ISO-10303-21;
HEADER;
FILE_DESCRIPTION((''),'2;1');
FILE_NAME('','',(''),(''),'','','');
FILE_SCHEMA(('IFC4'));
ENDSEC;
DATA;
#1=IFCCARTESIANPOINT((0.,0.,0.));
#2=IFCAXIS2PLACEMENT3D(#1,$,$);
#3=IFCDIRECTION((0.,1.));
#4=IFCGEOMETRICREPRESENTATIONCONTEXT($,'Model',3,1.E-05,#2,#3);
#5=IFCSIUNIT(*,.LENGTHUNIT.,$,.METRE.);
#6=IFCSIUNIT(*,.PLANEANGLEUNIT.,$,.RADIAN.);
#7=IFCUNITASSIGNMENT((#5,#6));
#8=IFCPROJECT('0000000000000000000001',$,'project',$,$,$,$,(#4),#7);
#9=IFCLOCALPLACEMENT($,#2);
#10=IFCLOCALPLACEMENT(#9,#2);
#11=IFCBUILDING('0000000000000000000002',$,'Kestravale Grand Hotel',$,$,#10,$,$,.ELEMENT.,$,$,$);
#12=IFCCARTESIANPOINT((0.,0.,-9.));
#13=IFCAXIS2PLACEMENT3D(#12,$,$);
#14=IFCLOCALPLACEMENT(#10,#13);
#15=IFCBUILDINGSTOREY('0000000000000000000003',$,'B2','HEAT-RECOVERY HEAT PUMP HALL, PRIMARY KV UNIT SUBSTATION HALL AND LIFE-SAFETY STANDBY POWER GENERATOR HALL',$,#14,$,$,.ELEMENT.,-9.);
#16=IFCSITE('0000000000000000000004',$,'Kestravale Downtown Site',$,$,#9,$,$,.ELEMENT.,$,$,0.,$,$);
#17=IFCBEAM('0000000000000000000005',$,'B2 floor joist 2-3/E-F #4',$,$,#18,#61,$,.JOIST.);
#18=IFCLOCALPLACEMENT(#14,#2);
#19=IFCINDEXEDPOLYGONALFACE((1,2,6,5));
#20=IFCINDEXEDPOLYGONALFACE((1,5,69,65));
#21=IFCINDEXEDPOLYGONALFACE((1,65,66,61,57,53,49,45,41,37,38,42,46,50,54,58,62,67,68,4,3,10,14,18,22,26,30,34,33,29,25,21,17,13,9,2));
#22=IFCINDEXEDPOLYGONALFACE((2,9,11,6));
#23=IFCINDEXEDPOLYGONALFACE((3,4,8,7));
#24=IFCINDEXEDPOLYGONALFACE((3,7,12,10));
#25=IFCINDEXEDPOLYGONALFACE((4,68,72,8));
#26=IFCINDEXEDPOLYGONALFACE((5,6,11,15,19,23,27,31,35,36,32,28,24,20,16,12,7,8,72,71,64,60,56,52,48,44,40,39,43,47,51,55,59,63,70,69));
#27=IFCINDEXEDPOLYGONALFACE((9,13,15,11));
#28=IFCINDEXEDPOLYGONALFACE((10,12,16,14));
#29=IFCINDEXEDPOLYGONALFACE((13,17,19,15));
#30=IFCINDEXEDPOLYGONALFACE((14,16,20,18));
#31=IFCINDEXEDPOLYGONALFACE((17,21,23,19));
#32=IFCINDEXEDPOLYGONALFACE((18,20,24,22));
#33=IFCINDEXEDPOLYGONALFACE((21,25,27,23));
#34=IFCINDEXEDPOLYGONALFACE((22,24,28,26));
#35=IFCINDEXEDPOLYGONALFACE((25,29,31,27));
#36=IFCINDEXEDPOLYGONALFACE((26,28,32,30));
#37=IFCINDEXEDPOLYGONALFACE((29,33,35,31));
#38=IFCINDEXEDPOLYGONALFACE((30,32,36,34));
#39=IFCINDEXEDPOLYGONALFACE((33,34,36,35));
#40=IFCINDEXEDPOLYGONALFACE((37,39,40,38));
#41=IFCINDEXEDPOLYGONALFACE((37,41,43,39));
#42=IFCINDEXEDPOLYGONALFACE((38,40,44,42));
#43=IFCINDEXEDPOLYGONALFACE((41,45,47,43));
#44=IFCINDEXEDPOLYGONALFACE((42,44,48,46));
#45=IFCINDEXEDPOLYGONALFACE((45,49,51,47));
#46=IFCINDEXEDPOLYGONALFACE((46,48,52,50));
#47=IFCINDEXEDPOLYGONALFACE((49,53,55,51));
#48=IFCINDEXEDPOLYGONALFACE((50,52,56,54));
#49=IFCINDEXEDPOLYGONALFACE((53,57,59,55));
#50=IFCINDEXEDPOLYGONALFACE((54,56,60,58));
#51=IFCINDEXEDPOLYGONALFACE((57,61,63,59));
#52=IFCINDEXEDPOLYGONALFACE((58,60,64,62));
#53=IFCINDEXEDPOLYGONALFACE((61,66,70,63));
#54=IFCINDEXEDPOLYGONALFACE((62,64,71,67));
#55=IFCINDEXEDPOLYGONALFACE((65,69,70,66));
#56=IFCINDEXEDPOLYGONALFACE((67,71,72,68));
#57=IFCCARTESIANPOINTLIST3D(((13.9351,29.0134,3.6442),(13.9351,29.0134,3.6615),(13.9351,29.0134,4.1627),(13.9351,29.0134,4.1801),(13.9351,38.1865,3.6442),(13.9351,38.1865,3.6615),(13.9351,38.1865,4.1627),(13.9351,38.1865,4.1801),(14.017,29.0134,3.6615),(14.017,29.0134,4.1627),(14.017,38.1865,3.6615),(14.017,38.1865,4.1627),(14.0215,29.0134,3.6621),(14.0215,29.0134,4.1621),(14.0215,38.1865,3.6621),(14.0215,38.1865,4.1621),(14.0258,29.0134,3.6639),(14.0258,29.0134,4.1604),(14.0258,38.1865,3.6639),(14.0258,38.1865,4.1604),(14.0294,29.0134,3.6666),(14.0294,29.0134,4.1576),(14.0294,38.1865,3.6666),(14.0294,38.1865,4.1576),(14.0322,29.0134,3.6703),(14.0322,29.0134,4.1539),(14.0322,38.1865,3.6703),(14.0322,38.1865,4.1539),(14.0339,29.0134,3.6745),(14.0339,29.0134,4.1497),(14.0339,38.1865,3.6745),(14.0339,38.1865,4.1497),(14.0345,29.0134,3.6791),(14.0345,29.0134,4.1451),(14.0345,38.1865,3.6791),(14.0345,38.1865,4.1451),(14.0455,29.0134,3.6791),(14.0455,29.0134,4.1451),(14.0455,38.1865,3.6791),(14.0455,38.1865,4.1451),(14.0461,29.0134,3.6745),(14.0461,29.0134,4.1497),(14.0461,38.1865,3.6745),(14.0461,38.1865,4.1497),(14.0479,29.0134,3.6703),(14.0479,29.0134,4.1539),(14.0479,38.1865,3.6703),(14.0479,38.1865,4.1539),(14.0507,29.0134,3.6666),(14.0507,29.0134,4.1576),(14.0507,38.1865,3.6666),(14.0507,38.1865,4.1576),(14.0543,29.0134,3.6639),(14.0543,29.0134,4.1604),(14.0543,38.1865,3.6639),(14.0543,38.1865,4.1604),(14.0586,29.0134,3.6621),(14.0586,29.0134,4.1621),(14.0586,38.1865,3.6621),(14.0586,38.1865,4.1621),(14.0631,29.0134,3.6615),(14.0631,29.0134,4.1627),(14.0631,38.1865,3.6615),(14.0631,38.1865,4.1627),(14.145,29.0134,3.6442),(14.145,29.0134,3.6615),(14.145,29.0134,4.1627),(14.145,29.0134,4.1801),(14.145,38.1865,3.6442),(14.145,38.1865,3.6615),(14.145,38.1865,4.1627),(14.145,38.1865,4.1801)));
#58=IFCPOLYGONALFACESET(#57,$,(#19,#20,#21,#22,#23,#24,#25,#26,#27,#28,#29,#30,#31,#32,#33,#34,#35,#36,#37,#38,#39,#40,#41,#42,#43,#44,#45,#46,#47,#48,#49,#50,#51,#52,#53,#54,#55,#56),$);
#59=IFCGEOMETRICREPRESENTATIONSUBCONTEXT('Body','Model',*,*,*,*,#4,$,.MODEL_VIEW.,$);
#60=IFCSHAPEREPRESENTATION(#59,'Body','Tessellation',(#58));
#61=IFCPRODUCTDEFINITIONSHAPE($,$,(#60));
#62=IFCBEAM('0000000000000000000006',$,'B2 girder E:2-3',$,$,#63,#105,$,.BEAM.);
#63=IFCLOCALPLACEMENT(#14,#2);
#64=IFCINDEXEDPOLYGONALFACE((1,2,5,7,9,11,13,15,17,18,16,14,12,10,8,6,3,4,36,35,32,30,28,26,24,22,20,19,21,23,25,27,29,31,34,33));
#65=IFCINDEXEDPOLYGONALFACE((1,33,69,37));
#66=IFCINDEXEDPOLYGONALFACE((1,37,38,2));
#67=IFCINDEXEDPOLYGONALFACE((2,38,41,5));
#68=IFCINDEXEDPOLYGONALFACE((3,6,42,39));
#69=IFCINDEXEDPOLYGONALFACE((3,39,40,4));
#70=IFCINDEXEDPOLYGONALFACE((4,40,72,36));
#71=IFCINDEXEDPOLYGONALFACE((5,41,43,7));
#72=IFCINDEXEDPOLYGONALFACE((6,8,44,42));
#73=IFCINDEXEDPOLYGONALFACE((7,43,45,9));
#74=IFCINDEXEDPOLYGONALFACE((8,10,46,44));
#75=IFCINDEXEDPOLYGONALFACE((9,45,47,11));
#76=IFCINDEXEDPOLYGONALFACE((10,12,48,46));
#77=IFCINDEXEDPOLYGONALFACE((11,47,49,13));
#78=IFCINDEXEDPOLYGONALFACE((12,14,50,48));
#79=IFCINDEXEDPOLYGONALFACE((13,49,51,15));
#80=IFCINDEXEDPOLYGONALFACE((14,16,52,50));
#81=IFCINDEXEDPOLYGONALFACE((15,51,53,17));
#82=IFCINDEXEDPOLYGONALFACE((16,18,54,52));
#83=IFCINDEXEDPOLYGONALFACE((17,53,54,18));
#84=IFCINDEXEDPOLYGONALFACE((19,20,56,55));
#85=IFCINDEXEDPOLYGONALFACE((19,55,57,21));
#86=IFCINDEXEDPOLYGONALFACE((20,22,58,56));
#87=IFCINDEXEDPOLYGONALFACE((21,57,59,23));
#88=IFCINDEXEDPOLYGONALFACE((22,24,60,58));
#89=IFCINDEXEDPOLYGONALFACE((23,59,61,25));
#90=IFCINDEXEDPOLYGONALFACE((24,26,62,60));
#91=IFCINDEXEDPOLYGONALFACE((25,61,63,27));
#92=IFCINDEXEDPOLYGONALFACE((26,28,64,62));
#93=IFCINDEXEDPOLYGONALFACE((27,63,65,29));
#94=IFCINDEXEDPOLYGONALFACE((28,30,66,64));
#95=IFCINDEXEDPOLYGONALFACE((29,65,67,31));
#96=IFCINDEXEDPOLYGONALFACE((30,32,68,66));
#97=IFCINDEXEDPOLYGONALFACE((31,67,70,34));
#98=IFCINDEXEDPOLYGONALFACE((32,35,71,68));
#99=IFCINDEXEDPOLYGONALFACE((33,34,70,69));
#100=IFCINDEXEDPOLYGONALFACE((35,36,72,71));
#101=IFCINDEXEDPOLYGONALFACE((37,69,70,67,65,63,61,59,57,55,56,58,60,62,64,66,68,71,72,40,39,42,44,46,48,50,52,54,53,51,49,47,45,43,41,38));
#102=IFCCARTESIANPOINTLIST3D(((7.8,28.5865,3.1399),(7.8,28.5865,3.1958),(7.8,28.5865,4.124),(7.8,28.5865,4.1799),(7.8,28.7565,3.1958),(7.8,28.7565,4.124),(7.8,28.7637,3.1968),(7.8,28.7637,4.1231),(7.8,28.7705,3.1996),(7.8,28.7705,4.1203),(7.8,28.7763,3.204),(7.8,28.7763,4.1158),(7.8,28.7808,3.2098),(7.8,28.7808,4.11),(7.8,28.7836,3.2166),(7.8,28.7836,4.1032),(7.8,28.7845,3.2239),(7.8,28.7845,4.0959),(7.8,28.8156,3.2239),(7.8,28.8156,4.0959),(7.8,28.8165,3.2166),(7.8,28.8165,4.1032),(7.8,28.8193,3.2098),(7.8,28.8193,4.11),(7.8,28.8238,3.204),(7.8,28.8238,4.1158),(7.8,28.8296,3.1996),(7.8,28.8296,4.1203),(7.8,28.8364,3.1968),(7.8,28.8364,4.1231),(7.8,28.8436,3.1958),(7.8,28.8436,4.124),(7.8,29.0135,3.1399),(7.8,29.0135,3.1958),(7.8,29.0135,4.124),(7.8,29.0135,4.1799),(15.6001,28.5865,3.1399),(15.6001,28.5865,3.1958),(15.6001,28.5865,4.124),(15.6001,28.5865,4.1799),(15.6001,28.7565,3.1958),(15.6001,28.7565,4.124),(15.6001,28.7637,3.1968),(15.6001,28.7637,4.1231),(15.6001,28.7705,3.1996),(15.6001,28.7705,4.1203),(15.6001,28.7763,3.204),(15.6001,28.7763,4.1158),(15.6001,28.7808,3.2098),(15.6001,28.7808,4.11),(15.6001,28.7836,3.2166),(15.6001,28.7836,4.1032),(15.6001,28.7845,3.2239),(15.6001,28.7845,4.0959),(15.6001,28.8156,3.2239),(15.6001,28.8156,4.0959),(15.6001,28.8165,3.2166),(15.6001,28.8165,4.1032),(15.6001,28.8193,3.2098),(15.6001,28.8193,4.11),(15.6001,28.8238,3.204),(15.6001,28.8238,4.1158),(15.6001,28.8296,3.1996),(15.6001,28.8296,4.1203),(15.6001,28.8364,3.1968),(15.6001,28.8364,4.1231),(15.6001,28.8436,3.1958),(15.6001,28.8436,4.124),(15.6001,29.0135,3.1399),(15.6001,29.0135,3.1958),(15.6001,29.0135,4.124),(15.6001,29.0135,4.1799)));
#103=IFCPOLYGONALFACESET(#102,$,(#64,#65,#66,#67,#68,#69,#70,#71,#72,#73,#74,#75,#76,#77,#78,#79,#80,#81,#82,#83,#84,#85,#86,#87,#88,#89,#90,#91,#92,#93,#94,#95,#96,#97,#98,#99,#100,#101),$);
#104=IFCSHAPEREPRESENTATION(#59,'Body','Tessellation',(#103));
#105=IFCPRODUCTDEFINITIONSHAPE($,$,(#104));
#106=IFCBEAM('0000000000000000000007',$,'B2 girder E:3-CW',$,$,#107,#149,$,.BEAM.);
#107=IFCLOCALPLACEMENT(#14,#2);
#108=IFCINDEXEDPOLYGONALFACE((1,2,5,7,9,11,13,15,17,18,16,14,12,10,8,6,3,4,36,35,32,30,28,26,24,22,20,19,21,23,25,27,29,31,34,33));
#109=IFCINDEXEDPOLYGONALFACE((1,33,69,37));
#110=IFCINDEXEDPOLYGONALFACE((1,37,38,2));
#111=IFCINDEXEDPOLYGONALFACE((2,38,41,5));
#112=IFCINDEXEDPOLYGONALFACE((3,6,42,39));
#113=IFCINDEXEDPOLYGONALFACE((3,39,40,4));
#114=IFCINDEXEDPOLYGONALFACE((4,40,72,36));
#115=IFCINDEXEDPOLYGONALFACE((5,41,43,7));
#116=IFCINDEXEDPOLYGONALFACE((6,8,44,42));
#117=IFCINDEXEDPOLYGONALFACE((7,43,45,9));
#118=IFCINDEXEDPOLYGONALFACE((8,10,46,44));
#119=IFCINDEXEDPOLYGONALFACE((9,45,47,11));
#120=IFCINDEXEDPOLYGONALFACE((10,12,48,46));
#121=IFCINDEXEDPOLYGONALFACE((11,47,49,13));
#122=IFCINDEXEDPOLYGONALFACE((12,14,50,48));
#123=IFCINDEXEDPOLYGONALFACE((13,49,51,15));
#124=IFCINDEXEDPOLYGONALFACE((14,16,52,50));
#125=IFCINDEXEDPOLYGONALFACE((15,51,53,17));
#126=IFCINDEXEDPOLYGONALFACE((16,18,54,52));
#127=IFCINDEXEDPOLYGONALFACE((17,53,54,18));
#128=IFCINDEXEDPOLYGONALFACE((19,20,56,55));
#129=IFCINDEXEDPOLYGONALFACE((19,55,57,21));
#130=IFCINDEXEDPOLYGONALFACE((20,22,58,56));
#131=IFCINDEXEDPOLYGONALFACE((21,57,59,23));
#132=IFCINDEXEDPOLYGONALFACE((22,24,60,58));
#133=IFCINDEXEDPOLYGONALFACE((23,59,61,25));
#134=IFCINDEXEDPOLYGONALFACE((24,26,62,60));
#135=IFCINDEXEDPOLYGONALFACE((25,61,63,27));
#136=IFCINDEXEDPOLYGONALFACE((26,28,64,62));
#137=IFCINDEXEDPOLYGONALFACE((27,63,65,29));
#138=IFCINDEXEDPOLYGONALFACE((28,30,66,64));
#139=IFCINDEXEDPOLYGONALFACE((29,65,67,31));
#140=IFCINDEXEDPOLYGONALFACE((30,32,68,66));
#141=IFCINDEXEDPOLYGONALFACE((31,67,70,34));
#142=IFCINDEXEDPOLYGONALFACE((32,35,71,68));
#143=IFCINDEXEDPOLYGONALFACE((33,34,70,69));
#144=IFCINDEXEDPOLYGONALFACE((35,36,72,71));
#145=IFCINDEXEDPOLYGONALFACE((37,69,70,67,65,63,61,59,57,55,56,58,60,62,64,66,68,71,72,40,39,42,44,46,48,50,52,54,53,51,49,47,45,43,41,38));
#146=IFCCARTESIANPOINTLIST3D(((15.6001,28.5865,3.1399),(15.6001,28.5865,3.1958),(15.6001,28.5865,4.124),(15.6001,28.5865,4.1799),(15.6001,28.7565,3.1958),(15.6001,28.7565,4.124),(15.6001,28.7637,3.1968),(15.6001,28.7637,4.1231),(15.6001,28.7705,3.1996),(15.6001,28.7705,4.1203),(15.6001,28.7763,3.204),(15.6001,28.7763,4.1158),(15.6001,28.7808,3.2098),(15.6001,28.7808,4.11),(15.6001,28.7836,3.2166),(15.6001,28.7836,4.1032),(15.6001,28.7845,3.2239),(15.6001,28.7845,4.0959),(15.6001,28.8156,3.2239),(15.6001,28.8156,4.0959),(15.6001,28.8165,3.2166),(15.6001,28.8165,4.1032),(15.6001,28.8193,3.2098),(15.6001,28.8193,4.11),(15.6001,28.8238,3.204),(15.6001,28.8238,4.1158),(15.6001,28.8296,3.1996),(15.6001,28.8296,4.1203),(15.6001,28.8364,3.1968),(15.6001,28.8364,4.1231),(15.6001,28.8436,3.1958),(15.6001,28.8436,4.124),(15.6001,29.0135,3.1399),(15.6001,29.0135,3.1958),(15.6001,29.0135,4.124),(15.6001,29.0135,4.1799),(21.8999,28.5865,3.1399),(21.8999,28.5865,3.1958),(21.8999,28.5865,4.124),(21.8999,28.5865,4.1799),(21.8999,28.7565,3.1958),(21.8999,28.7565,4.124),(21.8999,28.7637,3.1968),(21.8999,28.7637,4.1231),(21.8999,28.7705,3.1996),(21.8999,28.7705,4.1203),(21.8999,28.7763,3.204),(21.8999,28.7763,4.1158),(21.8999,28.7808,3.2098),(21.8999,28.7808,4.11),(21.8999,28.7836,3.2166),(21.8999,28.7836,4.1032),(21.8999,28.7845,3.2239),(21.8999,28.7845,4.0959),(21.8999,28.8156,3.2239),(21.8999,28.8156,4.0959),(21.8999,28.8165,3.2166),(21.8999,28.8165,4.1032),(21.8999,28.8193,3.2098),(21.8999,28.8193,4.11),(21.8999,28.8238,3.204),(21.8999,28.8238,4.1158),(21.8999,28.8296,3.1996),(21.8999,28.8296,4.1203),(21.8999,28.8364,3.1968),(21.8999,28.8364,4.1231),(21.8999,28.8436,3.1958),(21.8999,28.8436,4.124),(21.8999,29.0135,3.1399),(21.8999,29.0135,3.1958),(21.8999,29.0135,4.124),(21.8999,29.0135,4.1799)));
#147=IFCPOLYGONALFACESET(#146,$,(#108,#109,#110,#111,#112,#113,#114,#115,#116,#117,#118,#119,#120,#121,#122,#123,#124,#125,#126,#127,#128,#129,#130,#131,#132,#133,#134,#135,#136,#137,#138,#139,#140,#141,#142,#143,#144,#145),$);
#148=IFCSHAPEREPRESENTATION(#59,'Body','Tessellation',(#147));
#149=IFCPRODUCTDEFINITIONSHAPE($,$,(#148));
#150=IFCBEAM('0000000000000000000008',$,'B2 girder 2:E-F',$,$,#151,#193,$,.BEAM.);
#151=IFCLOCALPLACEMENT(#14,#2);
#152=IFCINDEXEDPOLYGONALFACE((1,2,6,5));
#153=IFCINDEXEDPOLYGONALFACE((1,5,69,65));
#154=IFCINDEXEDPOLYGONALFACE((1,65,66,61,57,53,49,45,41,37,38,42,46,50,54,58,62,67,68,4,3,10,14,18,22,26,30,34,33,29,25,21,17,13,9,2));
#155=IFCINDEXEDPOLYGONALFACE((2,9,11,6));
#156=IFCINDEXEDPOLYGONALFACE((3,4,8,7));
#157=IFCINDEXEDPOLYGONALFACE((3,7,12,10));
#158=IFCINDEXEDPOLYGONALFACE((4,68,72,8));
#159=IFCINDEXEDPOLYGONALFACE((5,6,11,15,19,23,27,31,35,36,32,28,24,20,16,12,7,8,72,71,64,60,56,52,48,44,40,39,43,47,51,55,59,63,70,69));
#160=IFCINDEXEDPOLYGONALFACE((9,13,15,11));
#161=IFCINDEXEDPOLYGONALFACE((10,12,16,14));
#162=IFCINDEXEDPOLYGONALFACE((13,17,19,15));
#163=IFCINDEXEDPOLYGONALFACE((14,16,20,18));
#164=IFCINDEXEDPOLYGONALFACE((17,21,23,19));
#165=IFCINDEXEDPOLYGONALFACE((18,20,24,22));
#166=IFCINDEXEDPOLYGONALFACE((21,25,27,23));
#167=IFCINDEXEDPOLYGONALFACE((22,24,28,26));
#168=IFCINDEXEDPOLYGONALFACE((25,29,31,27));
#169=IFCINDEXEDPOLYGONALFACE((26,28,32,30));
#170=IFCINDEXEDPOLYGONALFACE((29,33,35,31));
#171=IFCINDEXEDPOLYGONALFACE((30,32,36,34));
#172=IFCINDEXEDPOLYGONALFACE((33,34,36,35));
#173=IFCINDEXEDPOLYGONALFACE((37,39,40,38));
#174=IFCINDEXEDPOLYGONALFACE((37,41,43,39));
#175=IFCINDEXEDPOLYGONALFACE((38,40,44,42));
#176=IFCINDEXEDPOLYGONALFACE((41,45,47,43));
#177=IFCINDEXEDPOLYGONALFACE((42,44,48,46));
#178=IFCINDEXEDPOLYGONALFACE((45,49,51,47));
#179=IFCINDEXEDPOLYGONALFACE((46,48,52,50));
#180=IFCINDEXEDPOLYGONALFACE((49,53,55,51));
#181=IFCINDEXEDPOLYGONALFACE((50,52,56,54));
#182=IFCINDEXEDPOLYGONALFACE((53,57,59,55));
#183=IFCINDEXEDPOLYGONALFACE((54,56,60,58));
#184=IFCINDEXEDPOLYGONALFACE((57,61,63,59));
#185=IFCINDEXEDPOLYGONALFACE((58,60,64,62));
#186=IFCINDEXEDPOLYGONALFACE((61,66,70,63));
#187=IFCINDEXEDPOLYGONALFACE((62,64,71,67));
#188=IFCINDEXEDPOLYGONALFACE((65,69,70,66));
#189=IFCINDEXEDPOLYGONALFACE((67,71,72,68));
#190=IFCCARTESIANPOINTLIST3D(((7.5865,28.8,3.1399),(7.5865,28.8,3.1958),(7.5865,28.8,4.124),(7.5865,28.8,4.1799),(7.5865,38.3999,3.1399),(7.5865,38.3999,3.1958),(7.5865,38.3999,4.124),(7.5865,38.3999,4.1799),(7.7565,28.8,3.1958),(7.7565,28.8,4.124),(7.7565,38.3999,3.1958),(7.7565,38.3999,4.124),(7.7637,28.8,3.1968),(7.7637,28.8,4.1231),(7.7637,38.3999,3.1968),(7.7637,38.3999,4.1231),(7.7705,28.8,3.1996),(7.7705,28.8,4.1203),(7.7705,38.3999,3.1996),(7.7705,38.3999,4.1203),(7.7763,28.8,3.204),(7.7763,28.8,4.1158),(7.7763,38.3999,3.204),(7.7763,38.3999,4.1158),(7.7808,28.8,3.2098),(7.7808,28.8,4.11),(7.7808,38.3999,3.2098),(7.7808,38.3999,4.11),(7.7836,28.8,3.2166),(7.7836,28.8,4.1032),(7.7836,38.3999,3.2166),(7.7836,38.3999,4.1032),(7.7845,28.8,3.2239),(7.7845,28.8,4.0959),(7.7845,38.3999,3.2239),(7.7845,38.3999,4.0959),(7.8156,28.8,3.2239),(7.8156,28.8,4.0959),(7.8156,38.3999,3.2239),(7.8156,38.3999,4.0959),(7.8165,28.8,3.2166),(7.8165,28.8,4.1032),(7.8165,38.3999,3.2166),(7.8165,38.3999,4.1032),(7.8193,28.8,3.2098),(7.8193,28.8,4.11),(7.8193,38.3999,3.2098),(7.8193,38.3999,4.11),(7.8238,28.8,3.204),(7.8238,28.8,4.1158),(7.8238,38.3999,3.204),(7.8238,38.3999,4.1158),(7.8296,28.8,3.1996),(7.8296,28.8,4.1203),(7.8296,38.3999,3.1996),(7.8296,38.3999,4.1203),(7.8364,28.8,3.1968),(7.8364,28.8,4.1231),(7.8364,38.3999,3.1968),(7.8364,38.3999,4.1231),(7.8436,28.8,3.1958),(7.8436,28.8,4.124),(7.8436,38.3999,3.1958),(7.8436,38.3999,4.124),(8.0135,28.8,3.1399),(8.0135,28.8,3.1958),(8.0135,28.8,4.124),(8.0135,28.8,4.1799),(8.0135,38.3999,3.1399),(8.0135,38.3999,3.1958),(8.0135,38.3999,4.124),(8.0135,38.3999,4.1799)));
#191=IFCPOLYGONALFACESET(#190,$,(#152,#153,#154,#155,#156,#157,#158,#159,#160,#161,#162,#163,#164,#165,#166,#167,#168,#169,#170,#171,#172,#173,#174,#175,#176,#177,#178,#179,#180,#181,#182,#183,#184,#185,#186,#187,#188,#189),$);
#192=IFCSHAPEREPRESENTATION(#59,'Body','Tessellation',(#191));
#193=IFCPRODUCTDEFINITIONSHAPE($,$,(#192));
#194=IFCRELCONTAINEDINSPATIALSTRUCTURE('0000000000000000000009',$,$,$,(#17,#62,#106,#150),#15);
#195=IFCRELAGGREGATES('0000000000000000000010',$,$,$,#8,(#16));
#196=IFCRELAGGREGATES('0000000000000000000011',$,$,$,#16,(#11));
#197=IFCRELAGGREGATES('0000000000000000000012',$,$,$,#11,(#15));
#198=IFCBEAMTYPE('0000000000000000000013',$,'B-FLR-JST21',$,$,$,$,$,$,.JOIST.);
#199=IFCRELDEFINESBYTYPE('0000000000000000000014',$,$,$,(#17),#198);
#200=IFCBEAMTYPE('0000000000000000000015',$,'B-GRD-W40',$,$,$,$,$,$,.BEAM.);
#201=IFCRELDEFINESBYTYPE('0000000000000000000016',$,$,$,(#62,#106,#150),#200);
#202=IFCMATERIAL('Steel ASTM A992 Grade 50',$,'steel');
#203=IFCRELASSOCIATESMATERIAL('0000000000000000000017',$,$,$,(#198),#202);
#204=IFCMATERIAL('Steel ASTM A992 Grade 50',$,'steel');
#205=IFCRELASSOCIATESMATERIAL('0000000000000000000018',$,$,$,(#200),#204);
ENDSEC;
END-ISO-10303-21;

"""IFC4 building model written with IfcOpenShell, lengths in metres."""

from ifc_helpers import new_model, si_unit, direction, frame, origin, origin_2d, place, context, subcontext, project, spatial, i_section, extrude, material, material_profile, profile_set, type_object, element, save


model = new_model("IFC4")

# Units and contexts
model_context = context("Model", 3, precision=1e-05, world=origin(), true_north=direction((0.0, 1.0)))
body_context = subcontext(model_context, "Body", "Model", "MODEL_VIEW")
ifc_project = project(units=[si_unit("LENGTHUNIT", "METRE"), si_unit("PLANEANGLEUNIT", "RADIAN")], contexts=[model_context])

# Site, building, storey
site_placement = place(None, origin())
site = spatial("IfcSite", under=ifc_project, at=site_placement, Name="Kestravale Downtown Site", CompositionType="ELEMENT", RefElevation=0.0)
building_placement = place(site_placement, origin())
building = spatial("IfcBuilding", under=site, at=building_placement, Name="Kestravale Grand Hotel", CompositionType="ELEMENT")
storey_placement = place(building_placement, frame((0.0, 0.0, -9.0)))
storey = spatial("IfcBuildingStorey", under=building, at=storey_placement, Name="B2", Description="HEAT-RECOVERY HEAT PUMP HALL, PRIMARY KV UNIT SUBSTATION HALL AND LIFE-SAFETY STANDBY POWER GENERATOR HALL", CompositionType="ELEMENT", Elevation=-9.0)

# Beams
ifc_material_1 = material(Name="Steel ASTM A992 Grade 50", Category="steel")
ifc_material_profile_1 = material_profile(ifc_material_1, i_section(OverallWidth=0.21, OverallDepth=0.5359, WebThickness=0.011, FlangeThickness=0.0173, FilletRadius=0.0176, at=origin_2d()))
ifc_profile_set_1 = profile_set([ifc_material_profile_1], Name="Steel ASTM A992 Grade 50")
beam_type_1 = type_object("IfcBeamType", Name="B-FLR-JST21", PredefinedType="JOIST", material=ifc_profile_set_1)
for number, where, z_axis, x_axis, name in (
    (1, (14.04, 29.0134, 3.9121), (0.0, 1.0, 0.0), (-1.0, 0.0, 0.0), "B2 floor joist 2-3/E-F #4"),
):
    element("IfcBeam", number, at=place(storey_placement, frame(where, z_axis=z_axis, x_axis=x_axis)), inside=storey, type_object=beam_type_1, Name=name, PredefinedType="JOIST", context=body_context, shape_type="SweptSolid", body=[
        extrude(i_section(OverallWidth=0.21, OverallDepth=0.5359, WebThickness=0.011, FlangeThickness=0.0173, FilletRadius=0.0176, at=origin_2d()), origin(), (0.0, 0.0, 1.0), 9.1731),
    ])
ifc_material_2 = material(Name="Steel ASTM A992 Grade 50", Category="steel")
ifc_material_profile_2 = material_profile(ifc_material_2, i_section(OverallWidth=0.427, OverallDepth=1.04, WebThickness=0.031, FlangeThickness=0.0559, FilletRadius=0.0281, at=origin_2d()))
ifc_profile_set_2 = profile_set([ifc_material_profile_2], Name="Steel ASTM A992 Grade 50")
beam_type_2 = type_object("IfcBeamType", Name="B-GRD-W40", PredefinedType="BEAM", material=ifc_profile_set_2)
beam_1_placement = place(storey_placement, frame((7.8, 28.8, 3.6599), z_axis=(1.0, 0.0, 0.0), x_axis=(0.0, 1.0, 0.0)))
element("IfcBeam", 2, at=beam_1_placement, inside=storey, type_object=beam_type_2, Name="B2 girder E:2-3", PredefinedType="BEAM", context=body_context, shape_type="SweptSolid", body=[
    extrude(i_section(OverallWidth=0.427, OverallDepth=1.04, WebThickness=0.031, FlangeThickness=0.0559, FilletRadius=0.0281, at=origin_2d()), origin(), (0.0, 0.0, 1.0), 7.8),
])
beam_2_placement = place(storey_placement, frame((15.6001, 28.8, 3.6599), z_axis=(1.0, 0.0, 0.0), x_axis=(0.0, 1.0, 0.0)))
element("IfcBeam", 3, at=beam_2_placement, inside=storey, type_object=beam_type_2, Name="B2 girder E:3-CW", PredefinedType="BEAM", context=body_context, shape_type="SweptSolid", body=[
    extrude(i_section(OverallWidth=0.427, OverallDepth=1.04, WebThickness=0.031, FlangeThickness=0.0559, FilletRadius=0.0281, at=origin_2d()), origin(), (0.0, 0.0, 1.0), 6.2998),
])
for number, where, z_axis, x_axis, name in (
    (4, (7.8, 28.8, 3.6599), (0.0, 1.0, 0.0), (-1.0, 0.0, 0.0), "B2 girder 2:E-F"),
):
    element("IfcBeam", number, at=place(storey_placement, frame(where, z_axis=z_axis, x_axis=x_axis)), inside=storey, type_object=beam_type_2, Name=name, PredefinedType="BEAM", context=body_context, shape_type="SweptSolid", body=[
        extrude(i_section(OverallWidth=0.427, OverallDepth=1.04, WebThickness=0.031, FlangeThickness=0.0559, FilletRadius=0.0281, at=origin_2d()), origin(), (0.0, 0.0, 1.0), 9.5999),
    ])

save(model, "model.ifc")
